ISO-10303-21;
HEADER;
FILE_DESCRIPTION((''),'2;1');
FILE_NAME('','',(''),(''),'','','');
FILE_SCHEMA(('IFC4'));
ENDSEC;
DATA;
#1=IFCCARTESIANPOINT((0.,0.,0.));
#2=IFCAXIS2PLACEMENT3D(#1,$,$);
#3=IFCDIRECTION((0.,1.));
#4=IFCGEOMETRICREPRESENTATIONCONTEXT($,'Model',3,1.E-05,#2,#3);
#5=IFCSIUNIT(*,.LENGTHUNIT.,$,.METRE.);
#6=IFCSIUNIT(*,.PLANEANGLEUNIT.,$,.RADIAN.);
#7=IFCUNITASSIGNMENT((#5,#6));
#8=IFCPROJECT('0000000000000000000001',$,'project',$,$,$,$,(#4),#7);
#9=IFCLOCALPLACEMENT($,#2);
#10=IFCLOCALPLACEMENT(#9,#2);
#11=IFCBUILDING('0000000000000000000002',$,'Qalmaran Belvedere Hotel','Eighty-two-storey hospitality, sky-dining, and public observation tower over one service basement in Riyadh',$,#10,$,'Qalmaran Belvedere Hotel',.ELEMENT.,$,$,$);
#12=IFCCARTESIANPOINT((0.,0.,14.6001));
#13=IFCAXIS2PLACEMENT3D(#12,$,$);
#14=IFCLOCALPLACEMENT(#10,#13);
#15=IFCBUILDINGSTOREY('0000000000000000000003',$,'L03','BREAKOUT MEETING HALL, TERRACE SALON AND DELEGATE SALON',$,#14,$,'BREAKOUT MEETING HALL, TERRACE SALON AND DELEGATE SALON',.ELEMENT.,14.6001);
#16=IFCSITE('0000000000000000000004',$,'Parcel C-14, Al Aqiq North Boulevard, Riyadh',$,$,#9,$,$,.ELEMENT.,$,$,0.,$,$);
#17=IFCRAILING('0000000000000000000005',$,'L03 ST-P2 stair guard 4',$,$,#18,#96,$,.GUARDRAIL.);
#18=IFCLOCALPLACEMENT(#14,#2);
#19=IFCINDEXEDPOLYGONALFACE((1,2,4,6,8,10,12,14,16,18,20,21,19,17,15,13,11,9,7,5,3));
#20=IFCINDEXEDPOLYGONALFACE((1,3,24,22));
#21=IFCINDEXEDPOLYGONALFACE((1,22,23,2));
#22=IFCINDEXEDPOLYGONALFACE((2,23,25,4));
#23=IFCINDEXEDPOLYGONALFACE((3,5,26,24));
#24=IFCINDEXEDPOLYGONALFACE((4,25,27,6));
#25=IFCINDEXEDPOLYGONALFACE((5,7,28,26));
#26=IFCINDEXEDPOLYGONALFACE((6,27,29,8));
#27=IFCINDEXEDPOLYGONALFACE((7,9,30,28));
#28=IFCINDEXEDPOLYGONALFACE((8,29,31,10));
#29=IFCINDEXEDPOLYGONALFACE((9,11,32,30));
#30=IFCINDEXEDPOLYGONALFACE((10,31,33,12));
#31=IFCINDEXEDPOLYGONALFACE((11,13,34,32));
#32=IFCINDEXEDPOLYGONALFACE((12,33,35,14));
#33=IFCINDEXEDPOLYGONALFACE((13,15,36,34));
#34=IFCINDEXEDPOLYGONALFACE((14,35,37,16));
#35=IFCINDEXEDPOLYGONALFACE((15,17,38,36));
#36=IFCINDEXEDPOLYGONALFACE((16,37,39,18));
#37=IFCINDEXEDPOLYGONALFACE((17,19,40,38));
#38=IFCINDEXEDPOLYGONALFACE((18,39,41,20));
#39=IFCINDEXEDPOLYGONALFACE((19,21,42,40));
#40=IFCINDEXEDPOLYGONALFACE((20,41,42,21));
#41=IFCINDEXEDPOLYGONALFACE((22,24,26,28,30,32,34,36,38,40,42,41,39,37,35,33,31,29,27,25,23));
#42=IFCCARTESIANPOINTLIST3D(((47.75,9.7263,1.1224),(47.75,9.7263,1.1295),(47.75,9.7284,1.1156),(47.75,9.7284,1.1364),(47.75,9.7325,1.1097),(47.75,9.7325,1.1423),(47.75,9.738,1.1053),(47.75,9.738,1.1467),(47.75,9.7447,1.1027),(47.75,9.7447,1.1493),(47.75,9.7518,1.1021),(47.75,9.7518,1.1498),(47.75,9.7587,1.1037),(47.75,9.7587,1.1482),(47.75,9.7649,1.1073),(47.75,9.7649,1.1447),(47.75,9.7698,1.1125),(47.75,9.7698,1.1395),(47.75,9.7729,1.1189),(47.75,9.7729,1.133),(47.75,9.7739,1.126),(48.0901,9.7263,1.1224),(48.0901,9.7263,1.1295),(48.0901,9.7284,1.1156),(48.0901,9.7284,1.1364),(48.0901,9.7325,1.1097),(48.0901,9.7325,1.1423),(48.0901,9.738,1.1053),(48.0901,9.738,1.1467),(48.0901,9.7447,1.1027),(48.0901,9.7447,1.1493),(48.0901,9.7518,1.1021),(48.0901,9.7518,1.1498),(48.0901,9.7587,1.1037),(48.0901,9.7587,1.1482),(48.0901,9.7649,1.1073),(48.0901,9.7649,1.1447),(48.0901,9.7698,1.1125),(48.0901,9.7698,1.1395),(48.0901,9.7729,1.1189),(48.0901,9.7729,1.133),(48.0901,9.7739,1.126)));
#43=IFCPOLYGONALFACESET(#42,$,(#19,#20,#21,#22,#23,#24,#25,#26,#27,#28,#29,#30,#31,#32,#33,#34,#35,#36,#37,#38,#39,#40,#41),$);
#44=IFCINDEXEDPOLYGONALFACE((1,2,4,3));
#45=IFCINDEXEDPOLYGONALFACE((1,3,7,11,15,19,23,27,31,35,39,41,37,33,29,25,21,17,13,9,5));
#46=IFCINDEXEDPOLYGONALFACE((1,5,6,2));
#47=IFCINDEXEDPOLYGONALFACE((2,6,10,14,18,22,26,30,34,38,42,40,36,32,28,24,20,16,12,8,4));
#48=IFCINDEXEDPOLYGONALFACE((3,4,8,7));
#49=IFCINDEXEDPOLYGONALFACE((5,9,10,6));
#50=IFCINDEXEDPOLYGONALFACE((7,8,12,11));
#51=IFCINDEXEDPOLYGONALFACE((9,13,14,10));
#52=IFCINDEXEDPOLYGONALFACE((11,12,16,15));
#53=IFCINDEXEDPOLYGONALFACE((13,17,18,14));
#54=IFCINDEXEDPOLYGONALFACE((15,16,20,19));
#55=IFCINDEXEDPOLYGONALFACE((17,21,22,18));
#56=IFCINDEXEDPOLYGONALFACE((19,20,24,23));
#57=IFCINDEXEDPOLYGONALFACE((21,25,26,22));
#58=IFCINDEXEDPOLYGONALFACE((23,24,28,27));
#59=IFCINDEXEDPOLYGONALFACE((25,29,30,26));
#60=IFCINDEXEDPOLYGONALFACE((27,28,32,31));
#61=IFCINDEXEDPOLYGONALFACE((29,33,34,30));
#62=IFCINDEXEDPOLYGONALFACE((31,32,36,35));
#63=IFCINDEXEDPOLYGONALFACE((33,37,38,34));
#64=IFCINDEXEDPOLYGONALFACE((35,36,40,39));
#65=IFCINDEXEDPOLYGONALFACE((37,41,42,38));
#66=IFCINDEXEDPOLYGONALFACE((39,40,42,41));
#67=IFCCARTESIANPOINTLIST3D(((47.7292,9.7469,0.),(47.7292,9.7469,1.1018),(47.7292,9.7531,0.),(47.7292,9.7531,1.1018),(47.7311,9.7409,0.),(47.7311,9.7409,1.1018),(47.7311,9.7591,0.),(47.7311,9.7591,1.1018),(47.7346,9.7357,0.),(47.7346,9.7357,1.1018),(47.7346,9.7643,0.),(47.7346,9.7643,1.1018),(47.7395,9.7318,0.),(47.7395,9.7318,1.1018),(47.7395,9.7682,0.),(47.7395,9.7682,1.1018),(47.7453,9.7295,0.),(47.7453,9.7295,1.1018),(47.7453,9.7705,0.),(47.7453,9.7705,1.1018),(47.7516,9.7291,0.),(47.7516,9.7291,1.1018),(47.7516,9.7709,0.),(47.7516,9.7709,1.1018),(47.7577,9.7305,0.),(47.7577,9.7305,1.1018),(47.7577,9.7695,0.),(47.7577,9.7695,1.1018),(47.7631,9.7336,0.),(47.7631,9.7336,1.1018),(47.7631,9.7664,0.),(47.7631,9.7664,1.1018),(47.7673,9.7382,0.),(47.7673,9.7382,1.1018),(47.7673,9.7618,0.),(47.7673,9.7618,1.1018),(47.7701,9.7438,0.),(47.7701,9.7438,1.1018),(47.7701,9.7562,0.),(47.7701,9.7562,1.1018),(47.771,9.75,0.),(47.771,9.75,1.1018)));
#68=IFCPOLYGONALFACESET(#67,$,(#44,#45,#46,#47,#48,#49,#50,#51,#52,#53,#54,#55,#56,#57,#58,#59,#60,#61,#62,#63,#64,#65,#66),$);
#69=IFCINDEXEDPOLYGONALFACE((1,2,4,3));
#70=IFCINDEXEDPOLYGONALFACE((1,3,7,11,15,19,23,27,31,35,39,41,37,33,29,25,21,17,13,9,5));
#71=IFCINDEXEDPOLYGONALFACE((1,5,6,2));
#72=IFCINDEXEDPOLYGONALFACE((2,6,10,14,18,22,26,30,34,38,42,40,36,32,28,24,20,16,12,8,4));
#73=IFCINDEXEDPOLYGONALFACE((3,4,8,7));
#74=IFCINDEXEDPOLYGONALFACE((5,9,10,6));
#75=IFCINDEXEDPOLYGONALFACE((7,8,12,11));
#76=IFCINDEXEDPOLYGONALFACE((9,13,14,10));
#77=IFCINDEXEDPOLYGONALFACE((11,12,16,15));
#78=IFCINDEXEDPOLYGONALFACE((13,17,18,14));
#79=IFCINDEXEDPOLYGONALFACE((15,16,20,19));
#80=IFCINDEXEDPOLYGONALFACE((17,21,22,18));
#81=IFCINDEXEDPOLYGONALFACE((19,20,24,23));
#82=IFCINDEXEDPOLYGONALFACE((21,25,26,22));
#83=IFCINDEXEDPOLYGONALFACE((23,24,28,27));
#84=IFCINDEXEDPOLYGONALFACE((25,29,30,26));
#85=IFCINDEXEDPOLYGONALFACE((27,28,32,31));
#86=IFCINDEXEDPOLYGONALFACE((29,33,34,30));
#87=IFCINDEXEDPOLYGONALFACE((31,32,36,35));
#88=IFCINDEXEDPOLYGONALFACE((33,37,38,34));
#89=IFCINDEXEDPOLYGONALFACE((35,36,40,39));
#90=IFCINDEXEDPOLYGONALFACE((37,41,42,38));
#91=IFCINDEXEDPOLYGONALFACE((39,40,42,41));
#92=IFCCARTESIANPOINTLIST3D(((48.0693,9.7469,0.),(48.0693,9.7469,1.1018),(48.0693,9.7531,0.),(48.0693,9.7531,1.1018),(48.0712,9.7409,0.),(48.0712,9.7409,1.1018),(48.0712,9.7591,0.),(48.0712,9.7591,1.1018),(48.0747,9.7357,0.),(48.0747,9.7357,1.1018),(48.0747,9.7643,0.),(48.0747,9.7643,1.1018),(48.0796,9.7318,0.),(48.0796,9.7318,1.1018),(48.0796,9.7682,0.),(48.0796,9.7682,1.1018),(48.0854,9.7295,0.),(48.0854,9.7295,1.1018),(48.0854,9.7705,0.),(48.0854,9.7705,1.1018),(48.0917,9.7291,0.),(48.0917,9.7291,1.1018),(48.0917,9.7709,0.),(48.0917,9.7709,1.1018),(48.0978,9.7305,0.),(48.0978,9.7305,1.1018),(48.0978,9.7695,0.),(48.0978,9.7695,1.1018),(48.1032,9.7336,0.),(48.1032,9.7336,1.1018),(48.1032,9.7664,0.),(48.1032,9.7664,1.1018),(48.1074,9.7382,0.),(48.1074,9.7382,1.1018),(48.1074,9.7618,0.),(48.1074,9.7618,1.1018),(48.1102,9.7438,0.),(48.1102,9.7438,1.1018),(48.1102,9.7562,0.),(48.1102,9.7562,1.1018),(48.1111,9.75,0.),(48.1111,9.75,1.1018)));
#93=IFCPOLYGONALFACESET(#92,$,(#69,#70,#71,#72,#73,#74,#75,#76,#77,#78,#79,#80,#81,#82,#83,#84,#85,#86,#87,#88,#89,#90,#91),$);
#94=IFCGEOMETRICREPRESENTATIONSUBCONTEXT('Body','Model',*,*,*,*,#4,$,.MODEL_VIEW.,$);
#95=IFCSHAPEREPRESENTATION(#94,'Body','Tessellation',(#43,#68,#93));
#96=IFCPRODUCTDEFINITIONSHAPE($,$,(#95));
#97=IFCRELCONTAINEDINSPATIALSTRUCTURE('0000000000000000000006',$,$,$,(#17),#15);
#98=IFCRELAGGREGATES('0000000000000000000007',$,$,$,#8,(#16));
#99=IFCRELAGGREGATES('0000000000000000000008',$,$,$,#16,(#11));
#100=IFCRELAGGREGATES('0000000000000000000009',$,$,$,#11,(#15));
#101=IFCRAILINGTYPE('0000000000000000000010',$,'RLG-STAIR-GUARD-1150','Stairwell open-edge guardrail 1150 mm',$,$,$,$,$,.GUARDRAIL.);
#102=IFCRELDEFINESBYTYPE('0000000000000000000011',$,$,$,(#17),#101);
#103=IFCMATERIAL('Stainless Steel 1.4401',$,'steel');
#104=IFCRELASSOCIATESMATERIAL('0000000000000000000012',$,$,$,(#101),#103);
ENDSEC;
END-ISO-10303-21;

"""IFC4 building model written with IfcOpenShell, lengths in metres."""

from ifc_helpers import new_model, si_unit, direction, frame, origin, origin_2d, place, context, subcontext, project, spatial, circle, extrude, material, type_object, element, save


model = new_model("IFC4")

# Units and contexts
model_context = context("Model", 3, precision=1e-05, world=origin(), true_north=direction((0.0, 1.0)))
body_context = subcontext(model_context, "Body", "Model", "MODEL_VIEW")
ifc_project = project(units=[si_unit("LENGTHUNIT", "METRE"), si_unit("PLANEANGLEUNIT", "RADIAN")], contexts=[model_context])

# Site, building, storey
site_placement = place(None, origin())
site = spatial("IfcSite", under=ifc_project, at=site_placement, Name="Parcel C-14, Al Aqiq North Boulevard, Riyadh", CompositionType="ELEMENT", RefElevation=0.0)
building_placement = place(site_placement, origin())
building = spatial("IfcBuilding", under=site, at=building_placement, Name="Qalmaran Belvedere Hotel", Description="Eighty-two-storey hospitality, sky-dining, and public observation tower over one service basement in Riyadh", LongName="Qalmaran Belvedere Hotel", CompositionType="ELEMENT")
storey_placement = place(building_placement, frame((0.0, 0.0, 14.6001)))
storey = spatial("IfcBuildingStorey", under=building, at=storey_placement, Name="L03", Description="BREAKOUT MEETING HALL, TERRACE SALON AND DELEGATE SALON", LongName="BREAKOUT MEETING HALL, TERRACE SALON AND DELEGATE SALON", CompositionType="ELEMENT", Elevation=14.6001)

# Railing
ifc_material_1 = material(Name="Stainless Steel 1.4401", Category="steel")
railing_type_1 = type_object("IfcRailingType", Name="RLG-STAIR-GUARD-1150", Description="Stairwell open-edge guardrail 1150 mm", PredefinedType="GUARDRAIL", material=ifc_material_1)
railing_1_placement = place(storey_placement, frame((47.75, 9.75, 0.0)))
element("IfcRailing", 1, at=railing_1_placement, inside=storey, type_object=railing_type_1, Name="L03 ST-P2 stair guard 4", PredefinedType="GUARDRAIL", context=body_context, shape_type="SweptSolid", body=[
    extrude(circle(Radius=0.0239, at=origin_2d()), frame((0.0, 0.0, 1.126), z_axis=(1.0, 0.0, 0.0), x_axis=(0.0, 1.0, 0.0)), (0.0, 0.0, 1.0), 0.3401),
    extrude(circle(Radius=0.021, at=origin_2d()), origin(), (0.0, 0.0, 1.0), 1.1018),
    extrude(circle(Radius=0.021, at=origin_2d()), frame((0.3401, 0.0, 0.0)), (0.0, 0.0, 1.0), 1.1018),
])

save(model, "model.ifc")
